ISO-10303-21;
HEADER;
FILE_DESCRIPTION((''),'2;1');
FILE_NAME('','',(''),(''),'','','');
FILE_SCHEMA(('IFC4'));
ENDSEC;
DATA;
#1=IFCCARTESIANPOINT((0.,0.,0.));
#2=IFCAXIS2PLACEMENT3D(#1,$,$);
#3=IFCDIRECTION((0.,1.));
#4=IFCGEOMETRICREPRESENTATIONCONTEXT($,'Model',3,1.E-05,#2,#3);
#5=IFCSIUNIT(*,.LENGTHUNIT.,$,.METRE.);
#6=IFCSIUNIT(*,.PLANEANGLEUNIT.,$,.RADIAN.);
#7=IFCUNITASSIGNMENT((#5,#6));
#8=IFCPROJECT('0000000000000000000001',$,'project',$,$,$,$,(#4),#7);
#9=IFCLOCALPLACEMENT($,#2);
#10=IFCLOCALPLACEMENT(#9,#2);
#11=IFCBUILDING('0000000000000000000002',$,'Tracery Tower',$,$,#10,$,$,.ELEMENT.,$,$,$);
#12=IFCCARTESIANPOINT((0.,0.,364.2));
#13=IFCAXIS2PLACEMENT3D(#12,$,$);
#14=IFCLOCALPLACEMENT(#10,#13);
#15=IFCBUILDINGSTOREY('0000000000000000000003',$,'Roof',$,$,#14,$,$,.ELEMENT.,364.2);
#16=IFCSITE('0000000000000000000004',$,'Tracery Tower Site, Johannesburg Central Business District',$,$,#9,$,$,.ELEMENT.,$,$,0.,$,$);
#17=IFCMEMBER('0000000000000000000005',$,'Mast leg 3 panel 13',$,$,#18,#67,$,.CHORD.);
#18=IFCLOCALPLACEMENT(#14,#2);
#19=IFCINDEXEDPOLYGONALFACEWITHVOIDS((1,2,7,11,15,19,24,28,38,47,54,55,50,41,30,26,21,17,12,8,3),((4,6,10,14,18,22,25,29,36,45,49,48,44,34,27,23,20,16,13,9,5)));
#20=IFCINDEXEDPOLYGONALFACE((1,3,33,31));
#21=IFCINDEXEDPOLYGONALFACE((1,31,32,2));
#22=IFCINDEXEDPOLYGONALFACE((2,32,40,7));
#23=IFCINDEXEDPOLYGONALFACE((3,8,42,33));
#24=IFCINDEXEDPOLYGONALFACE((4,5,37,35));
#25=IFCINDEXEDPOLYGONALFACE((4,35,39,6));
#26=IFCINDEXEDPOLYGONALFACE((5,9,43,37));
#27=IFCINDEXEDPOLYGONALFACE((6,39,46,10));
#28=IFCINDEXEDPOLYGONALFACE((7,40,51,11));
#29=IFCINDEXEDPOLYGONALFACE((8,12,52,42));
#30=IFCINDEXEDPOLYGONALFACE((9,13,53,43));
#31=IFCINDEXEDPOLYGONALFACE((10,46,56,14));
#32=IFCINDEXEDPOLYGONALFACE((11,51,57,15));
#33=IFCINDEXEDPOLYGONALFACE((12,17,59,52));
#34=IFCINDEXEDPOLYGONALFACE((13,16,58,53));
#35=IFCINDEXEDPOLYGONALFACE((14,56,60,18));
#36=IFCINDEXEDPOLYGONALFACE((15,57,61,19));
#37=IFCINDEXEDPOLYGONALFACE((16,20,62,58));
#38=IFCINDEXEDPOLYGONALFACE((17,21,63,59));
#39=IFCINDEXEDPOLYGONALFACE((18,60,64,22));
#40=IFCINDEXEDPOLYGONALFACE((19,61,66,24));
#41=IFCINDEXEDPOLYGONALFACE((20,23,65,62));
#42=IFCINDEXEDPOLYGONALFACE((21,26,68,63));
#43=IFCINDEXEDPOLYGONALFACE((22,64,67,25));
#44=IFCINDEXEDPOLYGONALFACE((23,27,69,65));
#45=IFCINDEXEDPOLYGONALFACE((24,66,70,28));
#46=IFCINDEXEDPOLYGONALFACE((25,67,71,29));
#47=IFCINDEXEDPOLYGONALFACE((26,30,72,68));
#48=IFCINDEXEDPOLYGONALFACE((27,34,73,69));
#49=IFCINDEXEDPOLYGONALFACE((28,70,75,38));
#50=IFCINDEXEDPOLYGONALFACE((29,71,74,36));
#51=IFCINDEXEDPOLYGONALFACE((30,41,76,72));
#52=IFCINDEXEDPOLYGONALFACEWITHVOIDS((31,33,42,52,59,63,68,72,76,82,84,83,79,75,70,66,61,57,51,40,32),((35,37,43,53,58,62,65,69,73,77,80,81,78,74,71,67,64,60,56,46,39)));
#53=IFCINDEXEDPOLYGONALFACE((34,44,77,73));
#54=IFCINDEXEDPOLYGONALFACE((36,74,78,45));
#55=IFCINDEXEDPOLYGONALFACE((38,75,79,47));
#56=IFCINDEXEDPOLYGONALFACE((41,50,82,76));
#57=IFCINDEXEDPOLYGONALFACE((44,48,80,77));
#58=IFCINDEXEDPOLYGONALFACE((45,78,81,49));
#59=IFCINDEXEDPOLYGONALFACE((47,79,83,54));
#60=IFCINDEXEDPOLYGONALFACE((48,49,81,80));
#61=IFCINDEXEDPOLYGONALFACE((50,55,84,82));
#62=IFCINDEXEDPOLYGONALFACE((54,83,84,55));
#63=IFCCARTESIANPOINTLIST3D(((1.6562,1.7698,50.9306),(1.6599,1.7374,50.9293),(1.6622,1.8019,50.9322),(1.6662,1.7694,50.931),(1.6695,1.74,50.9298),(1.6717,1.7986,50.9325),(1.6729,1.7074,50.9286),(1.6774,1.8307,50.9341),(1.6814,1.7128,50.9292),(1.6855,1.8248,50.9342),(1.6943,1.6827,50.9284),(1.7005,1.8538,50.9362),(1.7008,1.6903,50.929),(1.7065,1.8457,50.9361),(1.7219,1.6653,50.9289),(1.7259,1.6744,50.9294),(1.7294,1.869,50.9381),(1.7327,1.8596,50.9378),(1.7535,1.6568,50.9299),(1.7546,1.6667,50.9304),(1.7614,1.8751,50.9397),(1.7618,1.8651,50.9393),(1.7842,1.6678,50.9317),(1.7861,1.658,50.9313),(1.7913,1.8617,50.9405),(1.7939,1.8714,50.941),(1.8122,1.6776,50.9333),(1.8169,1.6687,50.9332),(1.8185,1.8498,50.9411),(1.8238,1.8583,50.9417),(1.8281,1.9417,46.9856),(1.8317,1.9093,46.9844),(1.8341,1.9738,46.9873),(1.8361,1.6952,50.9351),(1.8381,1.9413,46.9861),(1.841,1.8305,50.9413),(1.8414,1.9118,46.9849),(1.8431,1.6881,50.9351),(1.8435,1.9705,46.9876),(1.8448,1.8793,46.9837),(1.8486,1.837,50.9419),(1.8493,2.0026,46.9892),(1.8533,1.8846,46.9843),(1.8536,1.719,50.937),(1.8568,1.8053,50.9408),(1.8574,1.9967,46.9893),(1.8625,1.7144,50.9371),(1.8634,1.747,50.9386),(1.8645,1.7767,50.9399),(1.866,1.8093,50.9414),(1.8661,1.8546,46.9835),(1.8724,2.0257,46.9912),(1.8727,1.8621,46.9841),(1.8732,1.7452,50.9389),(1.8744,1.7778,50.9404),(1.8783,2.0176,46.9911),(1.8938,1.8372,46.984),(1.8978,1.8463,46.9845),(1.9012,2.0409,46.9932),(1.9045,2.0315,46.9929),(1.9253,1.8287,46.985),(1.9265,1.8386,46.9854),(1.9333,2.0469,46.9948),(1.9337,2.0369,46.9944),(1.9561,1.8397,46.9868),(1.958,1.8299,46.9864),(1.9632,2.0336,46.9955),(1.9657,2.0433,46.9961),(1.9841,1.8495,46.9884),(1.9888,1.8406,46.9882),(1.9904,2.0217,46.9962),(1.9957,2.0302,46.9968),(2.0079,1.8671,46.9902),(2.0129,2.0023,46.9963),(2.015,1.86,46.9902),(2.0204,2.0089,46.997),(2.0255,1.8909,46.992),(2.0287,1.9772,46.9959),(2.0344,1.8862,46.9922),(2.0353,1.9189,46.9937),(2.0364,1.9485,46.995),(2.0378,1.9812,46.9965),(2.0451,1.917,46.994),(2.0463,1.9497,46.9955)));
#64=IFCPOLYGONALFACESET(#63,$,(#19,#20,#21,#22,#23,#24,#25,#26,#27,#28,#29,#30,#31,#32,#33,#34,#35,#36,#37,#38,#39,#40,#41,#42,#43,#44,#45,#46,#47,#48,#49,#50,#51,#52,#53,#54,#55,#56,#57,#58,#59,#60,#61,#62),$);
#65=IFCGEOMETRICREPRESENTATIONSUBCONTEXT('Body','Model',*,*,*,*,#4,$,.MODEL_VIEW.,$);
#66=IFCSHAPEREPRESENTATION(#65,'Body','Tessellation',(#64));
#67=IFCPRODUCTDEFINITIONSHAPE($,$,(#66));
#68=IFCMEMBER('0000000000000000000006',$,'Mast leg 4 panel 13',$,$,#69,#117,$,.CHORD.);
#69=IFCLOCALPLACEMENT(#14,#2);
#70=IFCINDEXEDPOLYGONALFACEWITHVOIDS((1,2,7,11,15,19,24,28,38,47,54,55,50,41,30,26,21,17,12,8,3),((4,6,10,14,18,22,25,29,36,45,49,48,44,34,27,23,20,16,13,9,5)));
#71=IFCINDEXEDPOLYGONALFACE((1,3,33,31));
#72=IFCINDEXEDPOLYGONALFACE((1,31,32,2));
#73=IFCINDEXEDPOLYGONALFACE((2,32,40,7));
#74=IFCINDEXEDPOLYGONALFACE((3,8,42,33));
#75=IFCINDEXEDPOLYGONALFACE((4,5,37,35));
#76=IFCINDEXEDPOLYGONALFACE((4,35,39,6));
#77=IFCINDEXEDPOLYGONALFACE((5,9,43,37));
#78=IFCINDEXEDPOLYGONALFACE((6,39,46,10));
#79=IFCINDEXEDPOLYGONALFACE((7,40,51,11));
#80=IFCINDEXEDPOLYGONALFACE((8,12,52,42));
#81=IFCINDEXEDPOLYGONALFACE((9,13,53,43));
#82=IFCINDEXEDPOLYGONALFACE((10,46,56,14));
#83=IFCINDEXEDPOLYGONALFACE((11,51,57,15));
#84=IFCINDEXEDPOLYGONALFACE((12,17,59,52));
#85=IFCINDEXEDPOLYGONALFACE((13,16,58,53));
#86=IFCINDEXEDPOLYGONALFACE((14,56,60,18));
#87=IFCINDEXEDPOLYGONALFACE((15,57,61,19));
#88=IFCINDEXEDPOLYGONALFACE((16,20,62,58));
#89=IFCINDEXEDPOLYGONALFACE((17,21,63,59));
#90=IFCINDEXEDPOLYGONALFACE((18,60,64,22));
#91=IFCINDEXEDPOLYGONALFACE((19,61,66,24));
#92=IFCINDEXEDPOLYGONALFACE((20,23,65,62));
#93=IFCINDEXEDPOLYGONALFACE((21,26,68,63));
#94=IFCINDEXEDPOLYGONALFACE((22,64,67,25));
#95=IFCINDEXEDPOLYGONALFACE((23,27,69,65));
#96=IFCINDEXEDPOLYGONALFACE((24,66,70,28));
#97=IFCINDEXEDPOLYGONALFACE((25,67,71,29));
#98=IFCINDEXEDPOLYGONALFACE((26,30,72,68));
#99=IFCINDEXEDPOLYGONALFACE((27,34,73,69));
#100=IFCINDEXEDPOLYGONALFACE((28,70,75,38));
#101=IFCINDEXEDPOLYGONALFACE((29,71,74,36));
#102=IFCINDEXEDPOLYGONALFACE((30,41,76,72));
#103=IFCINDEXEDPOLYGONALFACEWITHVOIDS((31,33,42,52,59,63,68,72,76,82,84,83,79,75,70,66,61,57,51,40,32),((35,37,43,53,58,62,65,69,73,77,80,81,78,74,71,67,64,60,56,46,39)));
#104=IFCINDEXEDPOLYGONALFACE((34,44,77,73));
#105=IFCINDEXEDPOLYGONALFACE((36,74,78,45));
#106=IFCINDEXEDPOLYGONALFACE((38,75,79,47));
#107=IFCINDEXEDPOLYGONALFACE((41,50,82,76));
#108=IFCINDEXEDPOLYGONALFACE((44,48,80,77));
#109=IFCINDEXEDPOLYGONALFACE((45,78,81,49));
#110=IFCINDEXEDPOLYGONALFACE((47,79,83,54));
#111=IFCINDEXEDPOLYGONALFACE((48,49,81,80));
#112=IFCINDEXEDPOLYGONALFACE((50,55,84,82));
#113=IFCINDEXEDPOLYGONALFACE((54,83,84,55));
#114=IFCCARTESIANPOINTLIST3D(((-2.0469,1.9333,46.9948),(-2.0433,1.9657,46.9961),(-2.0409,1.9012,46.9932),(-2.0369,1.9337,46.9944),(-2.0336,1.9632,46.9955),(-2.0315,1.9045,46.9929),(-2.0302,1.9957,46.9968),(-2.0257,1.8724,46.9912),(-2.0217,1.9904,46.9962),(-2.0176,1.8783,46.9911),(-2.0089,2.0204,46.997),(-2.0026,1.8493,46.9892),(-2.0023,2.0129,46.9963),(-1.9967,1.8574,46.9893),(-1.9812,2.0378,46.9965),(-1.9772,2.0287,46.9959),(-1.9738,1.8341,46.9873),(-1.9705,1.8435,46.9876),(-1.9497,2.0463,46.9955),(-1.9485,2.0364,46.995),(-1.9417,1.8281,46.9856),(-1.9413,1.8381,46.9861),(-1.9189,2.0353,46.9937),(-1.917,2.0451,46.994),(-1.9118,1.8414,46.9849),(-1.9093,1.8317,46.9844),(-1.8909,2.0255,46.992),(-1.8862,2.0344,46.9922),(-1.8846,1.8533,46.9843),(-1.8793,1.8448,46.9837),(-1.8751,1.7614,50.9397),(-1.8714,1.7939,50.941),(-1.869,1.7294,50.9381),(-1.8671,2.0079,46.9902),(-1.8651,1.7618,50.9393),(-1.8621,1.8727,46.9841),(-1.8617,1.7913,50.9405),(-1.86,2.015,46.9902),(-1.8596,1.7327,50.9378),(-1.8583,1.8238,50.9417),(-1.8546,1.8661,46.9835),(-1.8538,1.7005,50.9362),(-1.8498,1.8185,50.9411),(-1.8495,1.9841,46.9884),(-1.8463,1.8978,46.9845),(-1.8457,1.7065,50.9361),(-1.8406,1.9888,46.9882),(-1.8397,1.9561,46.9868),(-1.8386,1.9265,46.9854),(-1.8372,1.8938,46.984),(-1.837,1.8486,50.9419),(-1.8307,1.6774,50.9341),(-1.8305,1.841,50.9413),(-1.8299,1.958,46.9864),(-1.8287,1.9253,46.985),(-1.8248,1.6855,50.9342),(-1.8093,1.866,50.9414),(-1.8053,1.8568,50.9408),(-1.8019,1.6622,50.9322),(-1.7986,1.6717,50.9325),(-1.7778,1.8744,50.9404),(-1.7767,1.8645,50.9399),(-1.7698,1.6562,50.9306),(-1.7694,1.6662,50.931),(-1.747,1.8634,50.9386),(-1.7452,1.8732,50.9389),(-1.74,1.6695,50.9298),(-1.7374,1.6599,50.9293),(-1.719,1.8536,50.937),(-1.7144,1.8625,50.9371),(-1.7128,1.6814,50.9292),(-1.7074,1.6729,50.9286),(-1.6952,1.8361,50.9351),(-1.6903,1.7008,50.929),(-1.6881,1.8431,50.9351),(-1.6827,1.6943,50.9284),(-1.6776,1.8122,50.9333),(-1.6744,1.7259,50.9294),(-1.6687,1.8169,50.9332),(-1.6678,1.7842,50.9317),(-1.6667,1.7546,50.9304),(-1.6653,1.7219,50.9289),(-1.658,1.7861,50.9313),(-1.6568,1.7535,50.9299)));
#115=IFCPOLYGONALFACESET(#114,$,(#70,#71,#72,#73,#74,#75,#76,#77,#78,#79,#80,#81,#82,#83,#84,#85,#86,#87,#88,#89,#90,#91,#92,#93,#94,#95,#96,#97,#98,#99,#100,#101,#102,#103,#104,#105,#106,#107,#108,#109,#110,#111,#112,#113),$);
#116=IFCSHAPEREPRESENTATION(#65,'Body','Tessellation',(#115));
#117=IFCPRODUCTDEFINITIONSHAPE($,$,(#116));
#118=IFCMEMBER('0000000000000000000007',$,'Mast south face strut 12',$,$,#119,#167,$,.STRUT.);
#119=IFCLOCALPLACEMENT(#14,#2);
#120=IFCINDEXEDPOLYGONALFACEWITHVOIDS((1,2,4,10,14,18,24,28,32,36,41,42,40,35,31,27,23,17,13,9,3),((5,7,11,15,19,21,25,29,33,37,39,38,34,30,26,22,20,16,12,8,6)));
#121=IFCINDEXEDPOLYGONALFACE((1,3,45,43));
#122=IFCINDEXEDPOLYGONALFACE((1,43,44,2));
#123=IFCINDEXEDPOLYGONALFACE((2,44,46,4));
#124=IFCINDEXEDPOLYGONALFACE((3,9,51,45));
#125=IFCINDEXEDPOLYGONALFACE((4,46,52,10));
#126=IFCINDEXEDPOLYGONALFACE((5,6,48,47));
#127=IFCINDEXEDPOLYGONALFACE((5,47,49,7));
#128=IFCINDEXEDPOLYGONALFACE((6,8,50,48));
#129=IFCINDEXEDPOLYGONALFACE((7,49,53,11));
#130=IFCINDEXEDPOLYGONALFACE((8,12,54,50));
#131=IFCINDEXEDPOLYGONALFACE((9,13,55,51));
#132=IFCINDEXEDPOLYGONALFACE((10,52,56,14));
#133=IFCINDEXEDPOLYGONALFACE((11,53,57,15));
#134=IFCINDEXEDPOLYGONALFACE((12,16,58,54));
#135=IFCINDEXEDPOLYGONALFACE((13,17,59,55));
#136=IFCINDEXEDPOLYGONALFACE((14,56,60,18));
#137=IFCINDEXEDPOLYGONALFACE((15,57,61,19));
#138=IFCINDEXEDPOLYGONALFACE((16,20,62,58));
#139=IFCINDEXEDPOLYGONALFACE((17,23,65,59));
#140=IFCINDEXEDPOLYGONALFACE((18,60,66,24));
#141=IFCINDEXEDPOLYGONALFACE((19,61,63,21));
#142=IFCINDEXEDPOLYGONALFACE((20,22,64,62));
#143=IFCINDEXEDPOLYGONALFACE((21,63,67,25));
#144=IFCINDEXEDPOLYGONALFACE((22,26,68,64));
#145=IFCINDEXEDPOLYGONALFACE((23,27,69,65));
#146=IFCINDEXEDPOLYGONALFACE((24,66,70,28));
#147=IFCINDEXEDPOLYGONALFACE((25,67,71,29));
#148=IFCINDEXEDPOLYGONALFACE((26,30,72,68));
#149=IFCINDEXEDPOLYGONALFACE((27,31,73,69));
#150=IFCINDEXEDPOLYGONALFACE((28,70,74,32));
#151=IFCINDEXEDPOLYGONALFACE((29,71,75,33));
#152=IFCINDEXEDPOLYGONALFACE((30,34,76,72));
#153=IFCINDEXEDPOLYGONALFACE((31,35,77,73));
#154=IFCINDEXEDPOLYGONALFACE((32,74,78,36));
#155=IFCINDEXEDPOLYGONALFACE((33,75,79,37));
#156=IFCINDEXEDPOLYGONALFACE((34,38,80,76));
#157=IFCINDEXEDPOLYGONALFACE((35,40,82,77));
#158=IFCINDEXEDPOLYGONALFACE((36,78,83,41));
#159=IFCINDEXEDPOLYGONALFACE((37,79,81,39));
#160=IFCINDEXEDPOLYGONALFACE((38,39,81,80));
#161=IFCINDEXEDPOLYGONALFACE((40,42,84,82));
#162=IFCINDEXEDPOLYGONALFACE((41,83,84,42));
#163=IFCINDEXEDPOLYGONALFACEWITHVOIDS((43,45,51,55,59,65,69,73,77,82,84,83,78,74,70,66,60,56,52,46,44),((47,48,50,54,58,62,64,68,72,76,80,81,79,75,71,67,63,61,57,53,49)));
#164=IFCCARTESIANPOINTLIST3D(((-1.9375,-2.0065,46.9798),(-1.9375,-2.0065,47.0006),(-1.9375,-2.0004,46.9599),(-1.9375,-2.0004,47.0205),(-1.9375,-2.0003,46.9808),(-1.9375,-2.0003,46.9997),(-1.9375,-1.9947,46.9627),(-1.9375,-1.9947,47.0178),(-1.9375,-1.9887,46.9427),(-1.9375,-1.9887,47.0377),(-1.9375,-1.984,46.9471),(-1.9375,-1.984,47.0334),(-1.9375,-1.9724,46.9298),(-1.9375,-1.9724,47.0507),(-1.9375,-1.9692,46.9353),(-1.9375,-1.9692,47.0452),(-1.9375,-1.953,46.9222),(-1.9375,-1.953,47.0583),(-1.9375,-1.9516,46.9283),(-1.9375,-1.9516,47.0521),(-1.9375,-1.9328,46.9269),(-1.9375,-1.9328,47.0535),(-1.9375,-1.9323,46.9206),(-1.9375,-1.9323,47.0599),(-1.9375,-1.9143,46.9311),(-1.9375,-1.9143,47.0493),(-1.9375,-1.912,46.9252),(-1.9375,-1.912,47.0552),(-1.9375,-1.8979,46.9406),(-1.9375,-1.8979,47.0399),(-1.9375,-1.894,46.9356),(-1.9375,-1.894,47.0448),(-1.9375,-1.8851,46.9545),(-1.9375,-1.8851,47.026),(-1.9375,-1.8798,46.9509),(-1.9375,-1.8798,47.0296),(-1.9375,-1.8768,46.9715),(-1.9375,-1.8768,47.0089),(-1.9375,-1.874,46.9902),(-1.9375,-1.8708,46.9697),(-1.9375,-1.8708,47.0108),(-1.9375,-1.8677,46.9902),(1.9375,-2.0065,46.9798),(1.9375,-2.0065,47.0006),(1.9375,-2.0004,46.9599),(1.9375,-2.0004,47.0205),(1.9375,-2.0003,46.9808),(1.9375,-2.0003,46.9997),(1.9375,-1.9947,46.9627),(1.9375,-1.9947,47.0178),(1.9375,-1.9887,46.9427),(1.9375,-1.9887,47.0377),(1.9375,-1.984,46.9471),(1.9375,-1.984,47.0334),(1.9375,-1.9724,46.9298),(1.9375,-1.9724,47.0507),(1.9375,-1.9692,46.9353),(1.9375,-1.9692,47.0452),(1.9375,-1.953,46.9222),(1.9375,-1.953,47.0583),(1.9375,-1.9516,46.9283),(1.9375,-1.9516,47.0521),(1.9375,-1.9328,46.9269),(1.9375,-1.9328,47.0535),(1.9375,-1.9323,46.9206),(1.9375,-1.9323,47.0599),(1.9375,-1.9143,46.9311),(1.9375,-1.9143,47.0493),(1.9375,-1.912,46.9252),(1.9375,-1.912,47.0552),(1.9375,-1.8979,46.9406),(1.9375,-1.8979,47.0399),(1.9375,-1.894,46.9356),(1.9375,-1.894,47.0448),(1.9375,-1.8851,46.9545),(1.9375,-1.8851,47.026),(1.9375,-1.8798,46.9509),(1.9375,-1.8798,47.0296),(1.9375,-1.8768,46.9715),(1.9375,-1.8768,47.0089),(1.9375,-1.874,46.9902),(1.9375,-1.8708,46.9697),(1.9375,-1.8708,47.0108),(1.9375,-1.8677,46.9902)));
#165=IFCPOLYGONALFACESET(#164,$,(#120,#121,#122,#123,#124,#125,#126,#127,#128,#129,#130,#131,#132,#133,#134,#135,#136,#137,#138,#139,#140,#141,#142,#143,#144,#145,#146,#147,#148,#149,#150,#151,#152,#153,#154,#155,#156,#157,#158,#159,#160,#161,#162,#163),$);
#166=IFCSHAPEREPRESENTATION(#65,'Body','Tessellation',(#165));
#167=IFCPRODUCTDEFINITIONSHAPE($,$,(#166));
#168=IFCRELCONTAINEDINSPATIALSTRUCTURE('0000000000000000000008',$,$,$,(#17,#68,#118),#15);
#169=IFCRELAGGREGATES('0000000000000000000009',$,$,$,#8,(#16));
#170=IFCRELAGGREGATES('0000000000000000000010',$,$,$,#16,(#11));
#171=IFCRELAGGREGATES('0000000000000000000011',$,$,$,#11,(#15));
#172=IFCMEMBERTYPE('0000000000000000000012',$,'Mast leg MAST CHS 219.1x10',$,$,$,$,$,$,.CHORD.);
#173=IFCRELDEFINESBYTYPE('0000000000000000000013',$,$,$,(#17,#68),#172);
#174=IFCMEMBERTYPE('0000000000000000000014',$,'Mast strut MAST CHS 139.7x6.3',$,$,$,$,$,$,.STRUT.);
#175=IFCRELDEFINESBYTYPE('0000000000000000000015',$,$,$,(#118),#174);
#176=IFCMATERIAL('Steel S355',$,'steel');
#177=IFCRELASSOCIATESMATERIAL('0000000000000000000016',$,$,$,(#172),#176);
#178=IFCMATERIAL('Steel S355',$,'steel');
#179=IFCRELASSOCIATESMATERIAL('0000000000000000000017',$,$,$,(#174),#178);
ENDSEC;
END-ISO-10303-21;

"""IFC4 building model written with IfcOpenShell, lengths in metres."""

from ifc_helpers import new_model, si_unit, direction, frame, origin, origin_2d, place, context, subcontext, project, spatial, hollow_circle, extrude, material, material_profile, profile_set, type_object, element, save


model = new_model("IFC4")

# Units and contexts
model_context = context("Model", 3, precision=1e-05, world=origin(), true_north=direction((0.0, 1.0)))
body_context = subcontext(model_context, "Body", "Model", "MODEL_VIEW")
ifc_project = project(units=[si_unit("LENGTHUNIT", "METRE"), si_unit("PLANEANGLEUNIT", "RADIAN")], contexts=[model_context])

# Site, building, storey
site_placement = place(None, origin())
site = spatial("IfcSite", under=ifc_project, at=site_placement, Name="Tracery Tower Site, Johannesburg Central Business District", CompositionType="ELEMENT", RefElevation=0.0)
building_placement = place(site_placement, origin())
building = spatial("IfcBuilding", under=site, at=building_placement, Name="Tracery Tower", CompositionType="ELEMENT")
storey_placement = place(building_placement, frame((0.0, 0.0, 364.2)))
storey = spatial("IfcBuildingStorey", under=building, at=storey_placement, Name="Roof", CompositionType="ELEMENT", Elevation=364.2)

# Members
ifc_material_1 = material(Name="Steel S355", Category="steel")
ifc_material_profile_1 = material_profile(ifc_material_1, hollow_circle(Radius=0.1096, WallThickness=0.01, at=origin_2d()), Name="CHS 219.1x10")
ifc_profile_set_1 = profile_set([ifc_material_profile_1], Name="Steel S355")
member_type_1 = type_object("IfcMemberType", Name="Mast leg MAST CHS 219.1x10", PredefinedType="CHORD", material=ifc_profile_set_1)
for number, where, z_axis, x_axis, name in (
    (1, (1.9375, 1.9375, 46.9902), (-0.043487, -0.043487, 0.998107), (0.707107, -0.707107, 0.0), "Mast leg 3 panel 13"),
    (2, (-1.9375, 1.9375, 46.9902), (0.043487, -0.043487, 0.998107), (0.707107, 0.707107, 0.0), "Mast leg 4 panel 13"),
):
    element("IfcMember", number, at=place(storey_placement, frame(where, z_axis=z_axis, x_axis=x_axis)), inside=storey, type_object=member_type_1, Name=name, PredefinedType="CHORD", context=body_context, shape_type="SweptSolid", body=[
        extrude(hollow_circle(Radius=0.1096, WallThickness=0.01, at=origin_2d()), origin(), (0.0, 0.0, 1.0), 3.9524),
    ])
ifc_material_2 = material(Name="Steel S355", Category="steel")
ifc_material_profile_2 = material_profile(ifc_material_2, hollow_circle(Radius=0.0698, WallThickness=0.0063, at=origin_2d()), Name="CHS 139.7x6.3")
ifc_profile_set_2 = profile_set([ifc_material_profile_2], Name="Steel S355")
member_type_2 = type_object("IfcMemberType", Name="Mast strut MAST CHS 139.7x6.3", PredefinedType="STRUT", material=ifc_profile_set_2)
for number, where, z_axis, x_axis, name in (
    (3, (-1.9375, -1.9375, 46.9902), (1.0, 0.0, 0.0), (0.0, 1.0, 0.0), "Mast south face strut 12"),
):
    element("IfcMember", number, at=place(storey_placement, frame(where, z_axis=z_axis, x_axis=x_axis)), inside=storey, type_object=member_type_2, Name=name, PredefinedType="STRUT", context=body_context, shape_type="SweptSolid", body=[
        extrude(hollow_circle(Radius=0.0698, WallThickness=0.0063, at=origin_2d()), origin(), (0.0, 0.0, 1.0), 3.875),
    ])

save(model, "model.ifc")
